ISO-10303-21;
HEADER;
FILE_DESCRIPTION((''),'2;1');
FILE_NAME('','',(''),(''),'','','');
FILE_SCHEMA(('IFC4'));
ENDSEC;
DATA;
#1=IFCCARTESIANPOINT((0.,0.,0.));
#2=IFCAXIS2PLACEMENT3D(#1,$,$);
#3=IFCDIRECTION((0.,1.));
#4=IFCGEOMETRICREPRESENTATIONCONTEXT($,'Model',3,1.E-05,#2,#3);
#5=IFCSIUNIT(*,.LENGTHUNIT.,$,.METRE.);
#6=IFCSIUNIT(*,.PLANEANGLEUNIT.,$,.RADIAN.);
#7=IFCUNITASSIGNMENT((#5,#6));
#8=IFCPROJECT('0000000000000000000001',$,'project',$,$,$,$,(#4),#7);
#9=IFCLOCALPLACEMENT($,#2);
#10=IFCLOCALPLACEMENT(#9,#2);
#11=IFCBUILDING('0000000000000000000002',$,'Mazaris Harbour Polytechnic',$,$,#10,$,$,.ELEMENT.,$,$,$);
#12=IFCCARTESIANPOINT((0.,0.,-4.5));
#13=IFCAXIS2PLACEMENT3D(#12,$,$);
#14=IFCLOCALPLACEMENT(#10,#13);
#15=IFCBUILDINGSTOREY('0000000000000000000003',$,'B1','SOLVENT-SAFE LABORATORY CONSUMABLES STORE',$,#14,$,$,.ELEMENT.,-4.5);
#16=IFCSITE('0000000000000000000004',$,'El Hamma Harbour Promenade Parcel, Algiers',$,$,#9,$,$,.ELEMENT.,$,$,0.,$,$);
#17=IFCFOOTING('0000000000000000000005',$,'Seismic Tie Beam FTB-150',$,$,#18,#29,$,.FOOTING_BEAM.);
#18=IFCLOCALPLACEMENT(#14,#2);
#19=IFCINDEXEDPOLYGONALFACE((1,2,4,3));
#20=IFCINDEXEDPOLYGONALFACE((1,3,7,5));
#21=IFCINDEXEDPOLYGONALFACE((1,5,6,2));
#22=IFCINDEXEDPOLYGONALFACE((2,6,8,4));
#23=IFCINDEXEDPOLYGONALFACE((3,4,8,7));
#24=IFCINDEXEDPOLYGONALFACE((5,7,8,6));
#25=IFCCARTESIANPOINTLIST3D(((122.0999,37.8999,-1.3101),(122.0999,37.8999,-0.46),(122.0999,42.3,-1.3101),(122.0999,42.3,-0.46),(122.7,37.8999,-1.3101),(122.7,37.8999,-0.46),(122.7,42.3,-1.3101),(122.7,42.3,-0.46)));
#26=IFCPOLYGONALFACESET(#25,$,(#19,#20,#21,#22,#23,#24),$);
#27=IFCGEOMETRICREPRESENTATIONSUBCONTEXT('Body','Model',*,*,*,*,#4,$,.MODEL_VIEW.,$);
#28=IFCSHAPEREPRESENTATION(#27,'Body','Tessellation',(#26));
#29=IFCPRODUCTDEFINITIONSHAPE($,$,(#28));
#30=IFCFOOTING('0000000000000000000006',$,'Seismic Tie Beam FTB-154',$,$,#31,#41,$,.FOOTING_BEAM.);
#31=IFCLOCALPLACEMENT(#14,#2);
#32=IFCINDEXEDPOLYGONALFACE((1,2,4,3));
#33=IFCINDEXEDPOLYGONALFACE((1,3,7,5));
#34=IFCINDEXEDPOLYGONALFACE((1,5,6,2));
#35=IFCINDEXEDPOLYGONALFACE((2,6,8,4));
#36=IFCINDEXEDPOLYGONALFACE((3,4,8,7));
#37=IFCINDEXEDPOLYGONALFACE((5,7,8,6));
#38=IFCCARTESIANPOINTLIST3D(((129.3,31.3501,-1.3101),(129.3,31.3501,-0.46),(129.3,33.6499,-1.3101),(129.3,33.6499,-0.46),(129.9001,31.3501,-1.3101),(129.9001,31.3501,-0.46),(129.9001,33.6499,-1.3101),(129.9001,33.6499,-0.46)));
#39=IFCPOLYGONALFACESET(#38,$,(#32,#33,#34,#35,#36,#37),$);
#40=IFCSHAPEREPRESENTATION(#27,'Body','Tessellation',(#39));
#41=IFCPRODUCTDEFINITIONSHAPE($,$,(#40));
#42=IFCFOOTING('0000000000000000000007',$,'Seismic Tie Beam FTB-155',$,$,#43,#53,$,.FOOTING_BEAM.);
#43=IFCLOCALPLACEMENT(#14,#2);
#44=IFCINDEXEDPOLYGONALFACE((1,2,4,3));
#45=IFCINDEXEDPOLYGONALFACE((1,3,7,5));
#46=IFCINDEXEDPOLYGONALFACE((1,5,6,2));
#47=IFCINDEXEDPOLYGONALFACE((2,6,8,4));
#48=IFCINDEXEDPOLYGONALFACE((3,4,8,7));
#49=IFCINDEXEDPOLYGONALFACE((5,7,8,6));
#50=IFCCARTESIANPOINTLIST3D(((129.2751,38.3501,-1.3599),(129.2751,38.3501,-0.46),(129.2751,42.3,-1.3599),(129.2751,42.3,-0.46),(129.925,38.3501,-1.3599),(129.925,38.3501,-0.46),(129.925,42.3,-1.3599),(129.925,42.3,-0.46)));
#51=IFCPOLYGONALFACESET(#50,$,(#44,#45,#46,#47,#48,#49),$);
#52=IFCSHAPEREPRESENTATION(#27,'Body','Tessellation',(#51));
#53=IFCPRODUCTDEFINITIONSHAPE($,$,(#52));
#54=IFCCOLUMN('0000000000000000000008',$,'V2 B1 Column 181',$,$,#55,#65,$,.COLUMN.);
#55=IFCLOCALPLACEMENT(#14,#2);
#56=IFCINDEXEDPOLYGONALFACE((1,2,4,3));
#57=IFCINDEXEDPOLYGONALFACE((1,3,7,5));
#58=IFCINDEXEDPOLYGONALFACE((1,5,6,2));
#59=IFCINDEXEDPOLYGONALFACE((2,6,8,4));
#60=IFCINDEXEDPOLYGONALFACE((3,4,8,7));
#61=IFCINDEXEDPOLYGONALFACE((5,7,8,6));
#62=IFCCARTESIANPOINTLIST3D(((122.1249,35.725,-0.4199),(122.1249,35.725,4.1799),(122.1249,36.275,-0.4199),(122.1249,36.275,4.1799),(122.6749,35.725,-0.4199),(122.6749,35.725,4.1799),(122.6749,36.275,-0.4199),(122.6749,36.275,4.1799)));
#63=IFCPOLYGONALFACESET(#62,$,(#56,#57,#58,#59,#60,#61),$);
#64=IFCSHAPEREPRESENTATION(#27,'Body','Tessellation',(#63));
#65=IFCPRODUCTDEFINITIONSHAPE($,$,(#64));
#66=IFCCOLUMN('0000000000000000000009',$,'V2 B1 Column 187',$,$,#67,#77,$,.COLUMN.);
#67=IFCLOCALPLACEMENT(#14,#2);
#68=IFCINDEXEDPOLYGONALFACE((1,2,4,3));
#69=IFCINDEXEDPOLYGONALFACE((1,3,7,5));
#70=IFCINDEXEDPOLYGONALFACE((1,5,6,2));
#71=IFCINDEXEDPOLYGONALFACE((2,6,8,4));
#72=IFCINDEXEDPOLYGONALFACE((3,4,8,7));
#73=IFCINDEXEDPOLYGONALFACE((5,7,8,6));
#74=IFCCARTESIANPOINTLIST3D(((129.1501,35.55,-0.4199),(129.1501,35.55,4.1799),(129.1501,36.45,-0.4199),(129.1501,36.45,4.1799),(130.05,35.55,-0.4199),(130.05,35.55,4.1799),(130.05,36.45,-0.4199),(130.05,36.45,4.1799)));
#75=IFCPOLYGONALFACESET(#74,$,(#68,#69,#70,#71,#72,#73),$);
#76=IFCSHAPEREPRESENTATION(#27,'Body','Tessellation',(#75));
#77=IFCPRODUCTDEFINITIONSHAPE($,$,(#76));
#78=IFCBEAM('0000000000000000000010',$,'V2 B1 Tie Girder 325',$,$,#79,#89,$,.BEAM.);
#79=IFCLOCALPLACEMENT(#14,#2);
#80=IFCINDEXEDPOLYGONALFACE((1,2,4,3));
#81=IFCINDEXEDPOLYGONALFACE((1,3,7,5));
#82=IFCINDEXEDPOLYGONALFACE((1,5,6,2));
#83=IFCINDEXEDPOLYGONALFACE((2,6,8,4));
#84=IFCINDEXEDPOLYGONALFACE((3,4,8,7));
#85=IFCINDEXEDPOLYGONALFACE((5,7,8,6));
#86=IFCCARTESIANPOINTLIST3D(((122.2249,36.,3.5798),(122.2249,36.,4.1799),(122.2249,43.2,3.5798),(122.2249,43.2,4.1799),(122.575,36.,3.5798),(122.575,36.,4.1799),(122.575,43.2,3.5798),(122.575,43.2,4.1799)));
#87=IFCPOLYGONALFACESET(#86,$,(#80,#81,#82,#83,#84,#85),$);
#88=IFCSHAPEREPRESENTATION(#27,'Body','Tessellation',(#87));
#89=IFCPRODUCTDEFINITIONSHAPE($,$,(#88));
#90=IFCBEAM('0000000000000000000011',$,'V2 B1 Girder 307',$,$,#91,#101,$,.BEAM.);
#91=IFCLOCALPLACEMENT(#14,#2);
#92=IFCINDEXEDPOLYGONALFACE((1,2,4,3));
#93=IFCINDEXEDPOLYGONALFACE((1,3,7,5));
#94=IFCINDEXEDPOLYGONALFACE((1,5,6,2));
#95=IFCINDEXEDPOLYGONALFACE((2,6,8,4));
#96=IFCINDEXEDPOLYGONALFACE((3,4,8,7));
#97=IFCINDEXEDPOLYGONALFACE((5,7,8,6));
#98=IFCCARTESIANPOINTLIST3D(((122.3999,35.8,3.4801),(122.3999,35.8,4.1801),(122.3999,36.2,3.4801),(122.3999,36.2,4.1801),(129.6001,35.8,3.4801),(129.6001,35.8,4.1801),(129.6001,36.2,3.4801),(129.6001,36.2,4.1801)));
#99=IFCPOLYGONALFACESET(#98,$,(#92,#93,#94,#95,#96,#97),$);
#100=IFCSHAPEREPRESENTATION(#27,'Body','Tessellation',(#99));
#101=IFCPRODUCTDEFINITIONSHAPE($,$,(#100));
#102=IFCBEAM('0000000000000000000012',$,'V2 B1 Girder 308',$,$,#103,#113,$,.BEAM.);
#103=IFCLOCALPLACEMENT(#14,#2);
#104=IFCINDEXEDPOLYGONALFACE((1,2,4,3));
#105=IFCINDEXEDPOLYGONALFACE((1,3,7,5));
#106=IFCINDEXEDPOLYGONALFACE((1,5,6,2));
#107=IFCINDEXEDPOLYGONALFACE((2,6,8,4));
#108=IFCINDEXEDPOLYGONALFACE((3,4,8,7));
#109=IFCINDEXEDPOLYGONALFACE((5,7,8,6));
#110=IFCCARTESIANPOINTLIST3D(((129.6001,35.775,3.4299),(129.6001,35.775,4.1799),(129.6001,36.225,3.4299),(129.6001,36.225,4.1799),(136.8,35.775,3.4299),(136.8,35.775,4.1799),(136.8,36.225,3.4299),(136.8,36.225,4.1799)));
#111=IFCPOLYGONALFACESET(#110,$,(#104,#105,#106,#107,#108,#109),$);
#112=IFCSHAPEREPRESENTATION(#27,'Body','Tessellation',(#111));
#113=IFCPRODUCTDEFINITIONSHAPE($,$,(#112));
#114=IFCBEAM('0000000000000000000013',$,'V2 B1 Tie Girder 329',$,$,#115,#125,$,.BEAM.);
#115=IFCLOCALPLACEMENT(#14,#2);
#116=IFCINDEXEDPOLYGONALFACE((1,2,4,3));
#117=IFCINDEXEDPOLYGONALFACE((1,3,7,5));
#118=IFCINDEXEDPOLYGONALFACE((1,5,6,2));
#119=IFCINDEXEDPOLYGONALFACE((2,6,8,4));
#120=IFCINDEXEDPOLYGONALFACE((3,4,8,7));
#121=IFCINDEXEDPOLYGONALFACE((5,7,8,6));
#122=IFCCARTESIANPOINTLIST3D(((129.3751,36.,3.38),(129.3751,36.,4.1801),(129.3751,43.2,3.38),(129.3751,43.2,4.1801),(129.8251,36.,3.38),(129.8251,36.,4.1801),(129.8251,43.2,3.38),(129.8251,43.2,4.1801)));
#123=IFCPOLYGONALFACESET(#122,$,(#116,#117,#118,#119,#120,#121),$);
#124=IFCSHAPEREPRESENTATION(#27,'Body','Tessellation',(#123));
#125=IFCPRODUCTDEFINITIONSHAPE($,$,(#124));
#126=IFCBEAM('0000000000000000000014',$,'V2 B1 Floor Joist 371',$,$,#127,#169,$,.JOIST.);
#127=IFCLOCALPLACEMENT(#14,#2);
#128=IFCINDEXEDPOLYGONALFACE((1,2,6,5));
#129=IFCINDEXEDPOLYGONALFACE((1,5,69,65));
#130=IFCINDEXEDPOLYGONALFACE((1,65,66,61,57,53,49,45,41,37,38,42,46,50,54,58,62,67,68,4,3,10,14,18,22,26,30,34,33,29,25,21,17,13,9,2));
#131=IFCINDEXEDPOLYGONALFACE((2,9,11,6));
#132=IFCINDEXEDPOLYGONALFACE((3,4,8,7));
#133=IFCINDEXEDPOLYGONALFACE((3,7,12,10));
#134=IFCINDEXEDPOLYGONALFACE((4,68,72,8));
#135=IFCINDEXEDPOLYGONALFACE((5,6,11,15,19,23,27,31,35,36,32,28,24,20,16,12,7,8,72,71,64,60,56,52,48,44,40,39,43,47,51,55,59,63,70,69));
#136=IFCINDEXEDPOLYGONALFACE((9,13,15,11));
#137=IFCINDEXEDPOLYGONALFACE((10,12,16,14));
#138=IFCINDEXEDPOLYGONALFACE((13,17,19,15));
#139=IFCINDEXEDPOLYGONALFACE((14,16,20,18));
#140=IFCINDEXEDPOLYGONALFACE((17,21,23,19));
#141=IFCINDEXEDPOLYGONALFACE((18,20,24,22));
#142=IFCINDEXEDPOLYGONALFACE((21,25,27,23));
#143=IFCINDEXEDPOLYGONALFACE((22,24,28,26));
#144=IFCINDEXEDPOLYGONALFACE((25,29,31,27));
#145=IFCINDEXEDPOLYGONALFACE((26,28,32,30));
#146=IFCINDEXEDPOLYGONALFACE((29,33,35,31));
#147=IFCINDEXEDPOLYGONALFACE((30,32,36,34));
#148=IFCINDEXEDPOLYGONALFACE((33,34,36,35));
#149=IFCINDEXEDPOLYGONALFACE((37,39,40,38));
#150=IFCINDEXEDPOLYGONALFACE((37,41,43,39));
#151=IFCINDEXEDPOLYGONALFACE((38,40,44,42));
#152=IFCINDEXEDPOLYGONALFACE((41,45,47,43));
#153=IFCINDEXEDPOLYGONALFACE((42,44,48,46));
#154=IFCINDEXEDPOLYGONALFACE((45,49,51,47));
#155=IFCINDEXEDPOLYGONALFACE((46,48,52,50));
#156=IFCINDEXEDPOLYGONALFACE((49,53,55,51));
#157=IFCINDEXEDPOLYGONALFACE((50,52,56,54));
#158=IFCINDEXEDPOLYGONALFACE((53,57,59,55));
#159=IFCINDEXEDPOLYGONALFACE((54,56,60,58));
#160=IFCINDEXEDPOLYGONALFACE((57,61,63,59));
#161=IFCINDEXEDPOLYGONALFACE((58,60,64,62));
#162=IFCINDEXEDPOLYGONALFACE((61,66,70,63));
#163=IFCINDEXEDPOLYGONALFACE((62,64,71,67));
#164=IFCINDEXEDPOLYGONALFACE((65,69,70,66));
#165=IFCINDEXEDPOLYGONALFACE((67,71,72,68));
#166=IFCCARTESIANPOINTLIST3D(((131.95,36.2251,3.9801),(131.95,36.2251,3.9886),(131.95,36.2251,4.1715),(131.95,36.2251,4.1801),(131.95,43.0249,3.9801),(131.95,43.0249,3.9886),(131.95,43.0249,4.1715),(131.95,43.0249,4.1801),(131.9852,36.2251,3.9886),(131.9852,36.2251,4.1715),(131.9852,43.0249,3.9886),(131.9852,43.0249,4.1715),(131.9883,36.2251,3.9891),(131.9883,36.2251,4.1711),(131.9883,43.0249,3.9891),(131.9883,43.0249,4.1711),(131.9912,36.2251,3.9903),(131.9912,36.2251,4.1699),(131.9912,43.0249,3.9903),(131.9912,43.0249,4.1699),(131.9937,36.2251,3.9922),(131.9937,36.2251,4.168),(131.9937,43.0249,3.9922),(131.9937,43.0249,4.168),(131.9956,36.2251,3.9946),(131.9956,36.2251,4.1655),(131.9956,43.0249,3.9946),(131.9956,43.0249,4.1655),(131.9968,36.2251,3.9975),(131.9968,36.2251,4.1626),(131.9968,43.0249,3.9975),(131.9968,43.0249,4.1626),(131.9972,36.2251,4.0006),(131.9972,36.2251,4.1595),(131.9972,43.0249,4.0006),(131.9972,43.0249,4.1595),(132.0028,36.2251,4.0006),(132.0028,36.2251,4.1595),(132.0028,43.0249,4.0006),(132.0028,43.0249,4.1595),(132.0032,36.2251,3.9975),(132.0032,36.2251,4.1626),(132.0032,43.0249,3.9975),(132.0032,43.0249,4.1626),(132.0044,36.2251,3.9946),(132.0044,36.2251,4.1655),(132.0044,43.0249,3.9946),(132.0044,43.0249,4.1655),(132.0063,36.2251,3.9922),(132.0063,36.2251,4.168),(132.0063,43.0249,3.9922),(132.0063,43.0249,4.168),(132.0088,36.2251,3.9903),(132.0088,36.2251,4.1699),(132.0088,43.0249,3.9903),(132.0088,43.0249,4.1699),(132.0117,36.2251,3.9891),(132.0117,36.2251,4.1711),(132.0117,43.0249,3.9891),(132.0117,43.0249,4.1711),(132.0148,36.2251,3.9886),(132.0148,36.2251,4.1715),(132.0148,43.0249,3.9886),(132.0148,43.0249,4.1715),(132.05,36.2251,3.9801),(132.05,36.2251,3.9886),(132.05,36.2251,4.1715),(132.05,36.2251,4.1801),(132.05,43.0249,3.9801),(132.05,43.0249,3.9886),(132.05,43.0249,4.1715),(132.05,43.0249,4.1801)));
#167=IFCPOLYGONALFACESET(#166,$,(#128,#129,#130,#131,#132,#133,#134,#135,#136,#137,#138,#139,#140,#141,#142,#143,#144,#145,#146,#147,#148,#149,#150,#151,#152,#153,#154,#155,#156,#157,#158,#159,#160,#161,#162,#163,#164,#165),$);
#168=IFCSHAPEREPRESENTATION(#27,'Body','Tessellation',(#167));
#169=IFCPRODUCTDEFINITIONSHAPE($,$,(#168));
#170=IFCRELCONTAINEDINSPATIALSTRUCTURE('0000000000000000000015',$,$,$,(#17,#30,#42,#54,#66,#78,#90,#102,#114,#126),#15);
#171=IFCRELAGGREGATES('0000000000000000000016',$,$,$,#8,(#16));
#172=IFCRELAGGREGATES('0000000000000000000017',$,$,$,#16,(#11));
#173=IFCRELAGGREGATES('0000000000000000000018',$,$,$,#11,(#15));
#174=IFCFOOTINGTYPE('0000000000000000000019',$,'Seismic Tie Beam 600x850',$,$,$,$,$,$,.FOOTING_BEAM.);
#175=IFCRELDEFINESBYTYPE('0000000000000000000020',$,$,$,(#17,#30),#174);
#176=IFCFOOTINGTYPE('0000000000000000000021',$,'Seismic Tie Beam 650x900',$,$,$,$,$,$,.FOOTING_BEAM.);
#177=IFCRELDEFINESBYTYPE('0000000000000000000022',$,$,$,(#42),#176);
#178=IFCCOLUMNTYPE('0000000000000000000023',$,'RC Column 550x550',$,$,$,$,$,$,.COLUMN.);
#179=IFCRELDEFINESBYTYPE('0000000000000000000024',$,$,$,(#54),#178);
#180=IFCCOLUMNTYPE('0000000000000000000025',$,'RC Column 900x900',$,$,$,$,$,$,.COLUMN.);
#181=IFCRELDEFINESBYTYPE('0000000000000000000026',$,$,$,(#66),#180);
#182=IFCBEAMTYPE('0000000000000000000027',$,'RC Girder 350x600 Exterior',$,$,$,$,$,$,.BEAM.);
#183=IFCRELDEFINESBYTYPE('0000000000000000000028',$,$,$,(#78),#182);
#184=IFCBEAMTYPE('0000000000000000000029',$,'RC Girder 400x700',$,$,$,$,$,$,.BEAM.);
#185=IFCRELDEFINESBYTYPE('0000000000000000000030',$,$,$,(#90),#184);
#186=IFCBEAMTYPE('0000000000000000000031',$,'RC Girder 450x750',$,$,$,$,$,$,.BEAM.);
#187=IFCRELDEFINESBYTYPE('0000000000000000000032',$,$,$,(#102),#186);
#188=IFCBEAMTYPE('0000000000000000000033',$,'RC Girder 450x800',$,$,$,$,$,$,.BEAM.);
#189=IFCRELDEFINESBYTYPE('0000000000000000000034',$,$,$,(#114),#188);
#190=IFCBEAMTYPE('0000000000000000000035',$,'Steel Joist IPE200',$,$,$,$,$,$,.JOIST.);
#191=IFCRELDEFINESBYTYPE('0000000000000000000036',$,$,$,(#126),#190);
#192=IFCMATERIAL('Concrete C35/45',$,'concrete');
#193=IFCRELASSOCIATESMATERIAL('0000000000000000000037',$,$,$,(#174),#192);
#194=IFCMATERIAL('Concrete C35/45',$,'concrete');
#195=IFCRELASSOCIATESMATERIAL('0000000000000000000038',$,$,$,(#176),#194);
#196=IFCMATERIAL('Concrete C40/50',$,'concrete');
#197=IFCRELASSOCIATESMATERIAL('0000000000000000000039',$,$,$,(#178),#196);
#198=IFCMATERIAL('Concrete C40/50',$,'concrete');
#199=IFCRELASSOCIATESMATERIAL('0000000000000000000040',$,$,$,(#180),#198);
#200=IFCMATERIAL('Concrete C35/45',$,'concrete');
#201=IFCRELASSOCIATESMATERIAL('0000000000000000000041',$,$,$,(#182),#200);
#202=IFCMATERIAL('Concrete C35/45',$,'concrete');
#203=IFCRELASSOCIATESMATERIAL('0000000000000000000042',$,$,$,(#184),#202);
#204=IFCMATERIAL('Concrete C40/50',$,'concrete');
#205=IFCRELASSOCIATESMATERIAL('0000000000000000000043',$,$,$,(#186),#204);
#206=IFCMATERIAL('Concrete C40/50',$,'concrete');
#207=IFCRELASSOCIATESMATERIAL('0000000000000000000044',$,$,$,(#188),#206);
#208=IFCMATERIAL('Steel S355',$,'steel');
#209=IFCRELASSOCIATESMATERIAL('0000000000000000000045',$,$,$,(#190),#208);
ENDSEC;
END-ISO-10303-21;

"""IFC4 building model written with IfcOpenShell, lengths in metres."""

from ifc_helpers import new_model, si_unit, direction, frame, origin, origin_2d, place, context, subcontext, project, spatial, rectangle, i_section, extrude, material, material_profile, profile_set, type_object, element, save


model = new_model("IFC4")

# Units and contexts
model_context = context("Model", 3, precision=1e-05, world=origin(), true_north=direction((0.0, 1.0)))
body_context = subcontext(model_context, "Body", "Model", "MODEL_VIEW")
ifc_project = project(units=[si_unit("LENGTHUNIT", "METRE"), si_unit("PLANEANGLEUNIT", "RADIAN")], contexts=[model_context])

# Site, building, storey
site_placement = place(None, origin())
site = spatial("IfcSite", under=ifc_project, at=site_placement, Name="El Hamma Harbour Promenade Parcel, Algiers", CompositionType="ELEMENT", RefElevation=0.0)
building_placement = place(site_placement, origin())
building = spatial("IfcBuilding", under=site, at=building_placement, Name="Mazaris Harbour Polytechnic", CompositionType="ELEMENT")
storey_placement = place(building_placement, frame((0.0, 0.0, -4.5)))
storey = spatial("IfcBuildingStorey", under=building, at=storey_placement, Name="B1", Description="SOLVENT-SAFE LABORATORY CONSUMABLES STORE", CompositionType="ELEMENT", Elevation=-4.5)

# Footings
ifc_material_1 = material(Name="Concrete C35/45", Category="concrete")
ifc_material_profile_1 = material_profile(ifc_material_1, rectangle(XDim=0.6001, YDim=0.8501, at=origin_2d()), Name="RECT600x850")
ifc_profile_set_1 = profile_set([ifc_material_profile_1], Name="Concrete C35/45")
footing_type_1 = type_object("IfcFootingType", Name="Seismic Tie Beam 600x850", PredefinedType="FOOTING_BEAM", material=ifc_profile_set_1)
footing_1_placement = place(storey_placement, frame((122.3999, 37.8999, -0.885), z_axis=(0.0, 1.0, 0.0), x_axis=(-1.0, 0.0, 0.0)))
element("IfcFooting", 1, at=footing_1_placement, inside=storey, type_object=footing_type_1, Name="Seismic Tie Beam FTB-150", PredefinedType="FOOTING_BEAM", context=body_context, shape_type="SweptSolid", body=[
    extrude(rectangle(XDim=0.6001, YDim=0.8501, at=origin_2d()), origin(), (0.0, 0.0, 1.0), 4.4001),
])
footing_2_placement = place(storey_placement, frame((129.6001, 31.3501, -0.885), z_axis=(0.0, 1.0, 0.0), x_axis=(-1.0, 0.0, 0.0)))
element("IfcFooting", 2, at=footing_2_placement, inside=storey, type_object=footing_type_1, Name="Seismic Tie Beam FTB-154", PredefinedType="FOOTING_BEAM", context=body_context, shape_type="SweptSolid", body=[
    extrude(rectangle(XDim=0.6001, YDim=0.8501, at=origin_2d()), origin(), (0.0, 0.0, 1.0), 2.2998),
])
ifc_material_2 = material(Name="Concrete C35/45", Category="concrete")
ifc_material_profile_2 = material_profile(ifc_material_2, rectangle(XDim=0.6499, YDim=0.8999, at=origin_2d()), Name="RECT650x900")
ifc_profile_set_2 = profile_set([ifc_material_profile_2], Name="Concrete C35/45")
footing_type_2 = type_object("IfcFootingType", Name="Seismic Tie Beam 650x900", PredefinedType="FOOTING_BEAM", material=ifc_profile_set_2)
footing_3_placement = place(storey_placement, frame((129.6001, 38.3501, -0.9099), z_axis=(0.0, 1.0, 0.0), x_axis=(-1.0, 0.0, 0.0)))
element("IfcFooting", 3, at=footing_3_placement, inside=storey, type_object=footing_type_2, Name="Seismic Tie Beam FTB-155", PredefinedType="FOOTING_BEAM", context=body_context, shape_type="SweptSolid", body=[
    extrude(rectangle(XDim=0.6499, YDim=0.8999, at=origin_2d()), origin(), (0.0, 0.0, 1.0), 3.95),
])

# Columns
ifc_material_3 = material(Name="Concrete C40/50", Category="concrete")
ifc_material_profile_3 = material_profile(ifc_material_3, rectangle(XDim=0.55, YDim=0.55, at=origin_2d()), Name="RECT550x550")
ifc_profile_set_3 = profile_set([ifc_material_profile_3], Name="Concrete C40/50")
column_type_1 = type_object("IfcColumnType", Name="RC Column 550x550", PredefinedType="COLUMN", material=ifc_profile_set_3)
column_1_placement = place(storey_placement, frame((122.3999, 36.0, -0.4199), z_axis=(0.0, 0.0, 1.0), x_axis=(1.0, 0.0, 0.0)))
element("IfcColumn", 4, at=column_1_placement, inside=storey, type_object=column_type_1, Name="V2 B1 Column 181", PredefinedType="COLUMN", context=body_context, shape_type="SweptSolid", body=[
    extrude(rectangle(XDim=0.55, YDim=0.55, at=origin_2d()), origin(), (0.0, 0.0, 1.0), 4.5999),
])
ifc_material_4 = material(Name="Concrete C40/50", Category="concrete")
ifc_material_profile_4 = material_profile(ifc_material_4, rectangle(XDim=0.8999, YDim=0.8999, at=origin_2d()), Name="RECT900x900")
ifc_profile_set_4 = profile_set([ifc_material_profile_4], Name="Concrete C40/50")
column_type_2 = type_object("IfcColumnType", Name="RC Column 900x900", PredefinedType="COLUMN", material=ifc_profile_set_4)
column_2_placement = place(storey_placement, frame((129.6001, 36.0, -0.4199), z_axis=(0.0, 0.0, 1.0), x_axis=(1.0, 0.0, 0.0)))
element("IfcColumn", 5, at=column_2_placement, inside=storey, type_object=column_type_2, Name="V2 B1 Column 187", PredefinedType="COLUMN", context=body_context, shape_type="SweptSolid", body=[
    extrude(rectangle(XDim=0.8999, YDim=0.8999, at=origin_2d()), origin(), (0.0, 0.0, 1.0), 4.5999),
])

# Beams
ifc_material_5 = material(Name="Concrete C35/45", Category="concrete")
ifc_material_profile_5 = material_profile(ifc_material_5, rectangle(XDim=0.3501, YDim=0.6001, at=origin_2d()), Name="RECT350x600")
ifc_profile_set_5 = profile_set([ifc_material_profile_5], Name="Concrete C35/45")
beam_type_1 = type_object("IfcBeamType", Name="RC Girder 350x600 Exterior", PredefinedType="BEAM", material=ifc_profile_set_5)
beam_1_placement = place(storey_placement, frame((122.3999, 36.0, 3.8799), z_axis=(0.0, 1.0, 0.0), x_axis=(-1.0, 0.0, 0.0)))
element("IfcBeam", 6, at=beam_1_placement, inside=storey, type_object=beam_type_1, Name="V2 B1 Tie Girder 325", PredefinedType="BEAM", context=body_context, shape_type="SweptSolid", body=[
    extrude(rectangle(XDim=0.3501, YDim=0.6001, at=origin_2d()), origin(), (0.0, 0.0, 1.0), 7.2),
])
ifc_material_6 = material(Name="Concrete C35/45", Category="concrete")
ifc_material_profile_6 = material_profile(ifc_material_6, rectangle(XDim=0.3999, YDim=0.7, at=origin_2d()), Name="RECT400x700")
ifc_profile_set_6 = profile_set([ifc_material_profile_6], Name="Concrete C35/45")
beam_type_2 = type_object("IfcBeamType", Name="RC Girder 400x700", PredefinedType="BEAM", material=ifc_profile_set_6)
beam_2_placement = place(storey_placement, frame((122.3999, 36.0, 3.8301), z_axis=(1.0, 0.0, 0.0), x_axis=(0.0, 1.0, 0.0)))
element("IfcBeam", 7, at=beam_2_placement, inside=storey, type_object=beam_type_2, Name="V2 B1 Girder 307", PredefinedType="BEAM", context=body_context, shape_type="SweptSolid", body=[
    extrude(rectangle(XDim=0.3999, YDim=0.7, at=origin_2d()), origin(), (0.0, 0.0, 1.0), 7.2002),
])
ifc_material_7 = material(Name="Concrete C40/50", Category="concrete")
ifc_material_profile_7 = material_profile(ifc_material_7, rectangle(XDim=0.45, YDim=0.75, at=origin_2d()), Name="RECT450x750")
ifc_profile_set_7 = profile_set([ifc_material_profile_7], Name="Concrete C40/50")
beam_type_3 = type_object("IfcBeamType", Name="RC Girder 450x750", PredefinedType="BEAM", material=ifc_profile_set_7)
beam_3_placement = place(storey_placement, frame((129.6001, 36.0, 3.8049), z_axis=(1.0, 0.0, 0.0), x_axis=(0.0, 1.0, 0.0)))
element("IfcBeam", 8, at=beam_3_placement, inside=storey, type_object=beam_type_3, Name="V2 B1 Girder 308", PredefinedType="BEAM", context=body_context, shape_type="SweptSolid", body=[
    extrude(rectangle(XDim=0.45, YDim=0.75, at=origin_2d()), origin(), (0.0, 0.0, 1.0), 7.2),
])
ifc_material_8 = material(Name="Concrete C40/50", Category="concrete")
ifc_material_profile_8 = material_profile(ifc_material_8, rectangle(XDim=0.45, YDim=0.8, at=origin_2d()), Name="RECT450x800")
ifc_profile_set_8 = profile_set([ifc_material_profile_8], Name="Concrete C40/50")
beam_type_4 = type_object("IfcBeamType", Name="RC Girder 450x800", PredefinedType="BEAM", material=ifc_profile_set_8)
beam_4_placement = place(storey_placement, frame((129.6001, 36.0, 3.78), z_axis=(0.0, 1.0, 0.0), x_axis=(-1.0, 0.0, 0.0)))
element("IfcBeam", 9, at=beam_4_placement, inside=storey, type_object=beam_type_4, Name="V2 B1 Tie Girder 329", PredefinedType="BEAM", context=body_context, shape_type="SweptSolid", body=[
    extrude(rectangle(XDim=0.45, YDim=0.8, at=origin_2d()), origin(), (0.0, 0.0, 1.0), 7.2),
])
ifc_material_9 = material(Name="Steel S355", Category="steel")
ifc_material_profile_9 = material_profile(ifc_material_9, i_section(OverallWidth=0.1001, OverallDepth=0.2, WebThickness=0.0056, FlangeThickness=0.0085, FilletRadius=0.012, at=origin_2d()), Name="IPE 200")
ifc_profile_set_9 = profile_set([ifc_material_profile_9], Name="Steel S355")
beam_type_5 = type_object("IfcBeamType", Name="Steel Joist IPE200", PredefinedType="JOIST", material=ifc_profile_set_9)
beam_5_placement = place(storey_placement, frame((132.0, 36.2251, 4.0801), z_axis=(0.0, 1.0, 0.0), x_axis=(-1.0, 0.0, 0.0)))
element("IfcBeam", 10, at=beam_5_placement, inside=storey, type_object=beam_type_5, Name="V2 B1 Floor Joist 371", PredefinedType="JOIST", context=body_context, shape_type="SweptSolid", body=[
    extrude(i_section(OverallWidth=0.1001, OverallDepth=0.2, WebThickness=0.0056, FlangeThickness=0.0085, FilletRadius=0.012, at=origin_2d()), origin(), (0.0, 0.0, 1.0), 6.7998),
])

save(model, "model.ifc")
